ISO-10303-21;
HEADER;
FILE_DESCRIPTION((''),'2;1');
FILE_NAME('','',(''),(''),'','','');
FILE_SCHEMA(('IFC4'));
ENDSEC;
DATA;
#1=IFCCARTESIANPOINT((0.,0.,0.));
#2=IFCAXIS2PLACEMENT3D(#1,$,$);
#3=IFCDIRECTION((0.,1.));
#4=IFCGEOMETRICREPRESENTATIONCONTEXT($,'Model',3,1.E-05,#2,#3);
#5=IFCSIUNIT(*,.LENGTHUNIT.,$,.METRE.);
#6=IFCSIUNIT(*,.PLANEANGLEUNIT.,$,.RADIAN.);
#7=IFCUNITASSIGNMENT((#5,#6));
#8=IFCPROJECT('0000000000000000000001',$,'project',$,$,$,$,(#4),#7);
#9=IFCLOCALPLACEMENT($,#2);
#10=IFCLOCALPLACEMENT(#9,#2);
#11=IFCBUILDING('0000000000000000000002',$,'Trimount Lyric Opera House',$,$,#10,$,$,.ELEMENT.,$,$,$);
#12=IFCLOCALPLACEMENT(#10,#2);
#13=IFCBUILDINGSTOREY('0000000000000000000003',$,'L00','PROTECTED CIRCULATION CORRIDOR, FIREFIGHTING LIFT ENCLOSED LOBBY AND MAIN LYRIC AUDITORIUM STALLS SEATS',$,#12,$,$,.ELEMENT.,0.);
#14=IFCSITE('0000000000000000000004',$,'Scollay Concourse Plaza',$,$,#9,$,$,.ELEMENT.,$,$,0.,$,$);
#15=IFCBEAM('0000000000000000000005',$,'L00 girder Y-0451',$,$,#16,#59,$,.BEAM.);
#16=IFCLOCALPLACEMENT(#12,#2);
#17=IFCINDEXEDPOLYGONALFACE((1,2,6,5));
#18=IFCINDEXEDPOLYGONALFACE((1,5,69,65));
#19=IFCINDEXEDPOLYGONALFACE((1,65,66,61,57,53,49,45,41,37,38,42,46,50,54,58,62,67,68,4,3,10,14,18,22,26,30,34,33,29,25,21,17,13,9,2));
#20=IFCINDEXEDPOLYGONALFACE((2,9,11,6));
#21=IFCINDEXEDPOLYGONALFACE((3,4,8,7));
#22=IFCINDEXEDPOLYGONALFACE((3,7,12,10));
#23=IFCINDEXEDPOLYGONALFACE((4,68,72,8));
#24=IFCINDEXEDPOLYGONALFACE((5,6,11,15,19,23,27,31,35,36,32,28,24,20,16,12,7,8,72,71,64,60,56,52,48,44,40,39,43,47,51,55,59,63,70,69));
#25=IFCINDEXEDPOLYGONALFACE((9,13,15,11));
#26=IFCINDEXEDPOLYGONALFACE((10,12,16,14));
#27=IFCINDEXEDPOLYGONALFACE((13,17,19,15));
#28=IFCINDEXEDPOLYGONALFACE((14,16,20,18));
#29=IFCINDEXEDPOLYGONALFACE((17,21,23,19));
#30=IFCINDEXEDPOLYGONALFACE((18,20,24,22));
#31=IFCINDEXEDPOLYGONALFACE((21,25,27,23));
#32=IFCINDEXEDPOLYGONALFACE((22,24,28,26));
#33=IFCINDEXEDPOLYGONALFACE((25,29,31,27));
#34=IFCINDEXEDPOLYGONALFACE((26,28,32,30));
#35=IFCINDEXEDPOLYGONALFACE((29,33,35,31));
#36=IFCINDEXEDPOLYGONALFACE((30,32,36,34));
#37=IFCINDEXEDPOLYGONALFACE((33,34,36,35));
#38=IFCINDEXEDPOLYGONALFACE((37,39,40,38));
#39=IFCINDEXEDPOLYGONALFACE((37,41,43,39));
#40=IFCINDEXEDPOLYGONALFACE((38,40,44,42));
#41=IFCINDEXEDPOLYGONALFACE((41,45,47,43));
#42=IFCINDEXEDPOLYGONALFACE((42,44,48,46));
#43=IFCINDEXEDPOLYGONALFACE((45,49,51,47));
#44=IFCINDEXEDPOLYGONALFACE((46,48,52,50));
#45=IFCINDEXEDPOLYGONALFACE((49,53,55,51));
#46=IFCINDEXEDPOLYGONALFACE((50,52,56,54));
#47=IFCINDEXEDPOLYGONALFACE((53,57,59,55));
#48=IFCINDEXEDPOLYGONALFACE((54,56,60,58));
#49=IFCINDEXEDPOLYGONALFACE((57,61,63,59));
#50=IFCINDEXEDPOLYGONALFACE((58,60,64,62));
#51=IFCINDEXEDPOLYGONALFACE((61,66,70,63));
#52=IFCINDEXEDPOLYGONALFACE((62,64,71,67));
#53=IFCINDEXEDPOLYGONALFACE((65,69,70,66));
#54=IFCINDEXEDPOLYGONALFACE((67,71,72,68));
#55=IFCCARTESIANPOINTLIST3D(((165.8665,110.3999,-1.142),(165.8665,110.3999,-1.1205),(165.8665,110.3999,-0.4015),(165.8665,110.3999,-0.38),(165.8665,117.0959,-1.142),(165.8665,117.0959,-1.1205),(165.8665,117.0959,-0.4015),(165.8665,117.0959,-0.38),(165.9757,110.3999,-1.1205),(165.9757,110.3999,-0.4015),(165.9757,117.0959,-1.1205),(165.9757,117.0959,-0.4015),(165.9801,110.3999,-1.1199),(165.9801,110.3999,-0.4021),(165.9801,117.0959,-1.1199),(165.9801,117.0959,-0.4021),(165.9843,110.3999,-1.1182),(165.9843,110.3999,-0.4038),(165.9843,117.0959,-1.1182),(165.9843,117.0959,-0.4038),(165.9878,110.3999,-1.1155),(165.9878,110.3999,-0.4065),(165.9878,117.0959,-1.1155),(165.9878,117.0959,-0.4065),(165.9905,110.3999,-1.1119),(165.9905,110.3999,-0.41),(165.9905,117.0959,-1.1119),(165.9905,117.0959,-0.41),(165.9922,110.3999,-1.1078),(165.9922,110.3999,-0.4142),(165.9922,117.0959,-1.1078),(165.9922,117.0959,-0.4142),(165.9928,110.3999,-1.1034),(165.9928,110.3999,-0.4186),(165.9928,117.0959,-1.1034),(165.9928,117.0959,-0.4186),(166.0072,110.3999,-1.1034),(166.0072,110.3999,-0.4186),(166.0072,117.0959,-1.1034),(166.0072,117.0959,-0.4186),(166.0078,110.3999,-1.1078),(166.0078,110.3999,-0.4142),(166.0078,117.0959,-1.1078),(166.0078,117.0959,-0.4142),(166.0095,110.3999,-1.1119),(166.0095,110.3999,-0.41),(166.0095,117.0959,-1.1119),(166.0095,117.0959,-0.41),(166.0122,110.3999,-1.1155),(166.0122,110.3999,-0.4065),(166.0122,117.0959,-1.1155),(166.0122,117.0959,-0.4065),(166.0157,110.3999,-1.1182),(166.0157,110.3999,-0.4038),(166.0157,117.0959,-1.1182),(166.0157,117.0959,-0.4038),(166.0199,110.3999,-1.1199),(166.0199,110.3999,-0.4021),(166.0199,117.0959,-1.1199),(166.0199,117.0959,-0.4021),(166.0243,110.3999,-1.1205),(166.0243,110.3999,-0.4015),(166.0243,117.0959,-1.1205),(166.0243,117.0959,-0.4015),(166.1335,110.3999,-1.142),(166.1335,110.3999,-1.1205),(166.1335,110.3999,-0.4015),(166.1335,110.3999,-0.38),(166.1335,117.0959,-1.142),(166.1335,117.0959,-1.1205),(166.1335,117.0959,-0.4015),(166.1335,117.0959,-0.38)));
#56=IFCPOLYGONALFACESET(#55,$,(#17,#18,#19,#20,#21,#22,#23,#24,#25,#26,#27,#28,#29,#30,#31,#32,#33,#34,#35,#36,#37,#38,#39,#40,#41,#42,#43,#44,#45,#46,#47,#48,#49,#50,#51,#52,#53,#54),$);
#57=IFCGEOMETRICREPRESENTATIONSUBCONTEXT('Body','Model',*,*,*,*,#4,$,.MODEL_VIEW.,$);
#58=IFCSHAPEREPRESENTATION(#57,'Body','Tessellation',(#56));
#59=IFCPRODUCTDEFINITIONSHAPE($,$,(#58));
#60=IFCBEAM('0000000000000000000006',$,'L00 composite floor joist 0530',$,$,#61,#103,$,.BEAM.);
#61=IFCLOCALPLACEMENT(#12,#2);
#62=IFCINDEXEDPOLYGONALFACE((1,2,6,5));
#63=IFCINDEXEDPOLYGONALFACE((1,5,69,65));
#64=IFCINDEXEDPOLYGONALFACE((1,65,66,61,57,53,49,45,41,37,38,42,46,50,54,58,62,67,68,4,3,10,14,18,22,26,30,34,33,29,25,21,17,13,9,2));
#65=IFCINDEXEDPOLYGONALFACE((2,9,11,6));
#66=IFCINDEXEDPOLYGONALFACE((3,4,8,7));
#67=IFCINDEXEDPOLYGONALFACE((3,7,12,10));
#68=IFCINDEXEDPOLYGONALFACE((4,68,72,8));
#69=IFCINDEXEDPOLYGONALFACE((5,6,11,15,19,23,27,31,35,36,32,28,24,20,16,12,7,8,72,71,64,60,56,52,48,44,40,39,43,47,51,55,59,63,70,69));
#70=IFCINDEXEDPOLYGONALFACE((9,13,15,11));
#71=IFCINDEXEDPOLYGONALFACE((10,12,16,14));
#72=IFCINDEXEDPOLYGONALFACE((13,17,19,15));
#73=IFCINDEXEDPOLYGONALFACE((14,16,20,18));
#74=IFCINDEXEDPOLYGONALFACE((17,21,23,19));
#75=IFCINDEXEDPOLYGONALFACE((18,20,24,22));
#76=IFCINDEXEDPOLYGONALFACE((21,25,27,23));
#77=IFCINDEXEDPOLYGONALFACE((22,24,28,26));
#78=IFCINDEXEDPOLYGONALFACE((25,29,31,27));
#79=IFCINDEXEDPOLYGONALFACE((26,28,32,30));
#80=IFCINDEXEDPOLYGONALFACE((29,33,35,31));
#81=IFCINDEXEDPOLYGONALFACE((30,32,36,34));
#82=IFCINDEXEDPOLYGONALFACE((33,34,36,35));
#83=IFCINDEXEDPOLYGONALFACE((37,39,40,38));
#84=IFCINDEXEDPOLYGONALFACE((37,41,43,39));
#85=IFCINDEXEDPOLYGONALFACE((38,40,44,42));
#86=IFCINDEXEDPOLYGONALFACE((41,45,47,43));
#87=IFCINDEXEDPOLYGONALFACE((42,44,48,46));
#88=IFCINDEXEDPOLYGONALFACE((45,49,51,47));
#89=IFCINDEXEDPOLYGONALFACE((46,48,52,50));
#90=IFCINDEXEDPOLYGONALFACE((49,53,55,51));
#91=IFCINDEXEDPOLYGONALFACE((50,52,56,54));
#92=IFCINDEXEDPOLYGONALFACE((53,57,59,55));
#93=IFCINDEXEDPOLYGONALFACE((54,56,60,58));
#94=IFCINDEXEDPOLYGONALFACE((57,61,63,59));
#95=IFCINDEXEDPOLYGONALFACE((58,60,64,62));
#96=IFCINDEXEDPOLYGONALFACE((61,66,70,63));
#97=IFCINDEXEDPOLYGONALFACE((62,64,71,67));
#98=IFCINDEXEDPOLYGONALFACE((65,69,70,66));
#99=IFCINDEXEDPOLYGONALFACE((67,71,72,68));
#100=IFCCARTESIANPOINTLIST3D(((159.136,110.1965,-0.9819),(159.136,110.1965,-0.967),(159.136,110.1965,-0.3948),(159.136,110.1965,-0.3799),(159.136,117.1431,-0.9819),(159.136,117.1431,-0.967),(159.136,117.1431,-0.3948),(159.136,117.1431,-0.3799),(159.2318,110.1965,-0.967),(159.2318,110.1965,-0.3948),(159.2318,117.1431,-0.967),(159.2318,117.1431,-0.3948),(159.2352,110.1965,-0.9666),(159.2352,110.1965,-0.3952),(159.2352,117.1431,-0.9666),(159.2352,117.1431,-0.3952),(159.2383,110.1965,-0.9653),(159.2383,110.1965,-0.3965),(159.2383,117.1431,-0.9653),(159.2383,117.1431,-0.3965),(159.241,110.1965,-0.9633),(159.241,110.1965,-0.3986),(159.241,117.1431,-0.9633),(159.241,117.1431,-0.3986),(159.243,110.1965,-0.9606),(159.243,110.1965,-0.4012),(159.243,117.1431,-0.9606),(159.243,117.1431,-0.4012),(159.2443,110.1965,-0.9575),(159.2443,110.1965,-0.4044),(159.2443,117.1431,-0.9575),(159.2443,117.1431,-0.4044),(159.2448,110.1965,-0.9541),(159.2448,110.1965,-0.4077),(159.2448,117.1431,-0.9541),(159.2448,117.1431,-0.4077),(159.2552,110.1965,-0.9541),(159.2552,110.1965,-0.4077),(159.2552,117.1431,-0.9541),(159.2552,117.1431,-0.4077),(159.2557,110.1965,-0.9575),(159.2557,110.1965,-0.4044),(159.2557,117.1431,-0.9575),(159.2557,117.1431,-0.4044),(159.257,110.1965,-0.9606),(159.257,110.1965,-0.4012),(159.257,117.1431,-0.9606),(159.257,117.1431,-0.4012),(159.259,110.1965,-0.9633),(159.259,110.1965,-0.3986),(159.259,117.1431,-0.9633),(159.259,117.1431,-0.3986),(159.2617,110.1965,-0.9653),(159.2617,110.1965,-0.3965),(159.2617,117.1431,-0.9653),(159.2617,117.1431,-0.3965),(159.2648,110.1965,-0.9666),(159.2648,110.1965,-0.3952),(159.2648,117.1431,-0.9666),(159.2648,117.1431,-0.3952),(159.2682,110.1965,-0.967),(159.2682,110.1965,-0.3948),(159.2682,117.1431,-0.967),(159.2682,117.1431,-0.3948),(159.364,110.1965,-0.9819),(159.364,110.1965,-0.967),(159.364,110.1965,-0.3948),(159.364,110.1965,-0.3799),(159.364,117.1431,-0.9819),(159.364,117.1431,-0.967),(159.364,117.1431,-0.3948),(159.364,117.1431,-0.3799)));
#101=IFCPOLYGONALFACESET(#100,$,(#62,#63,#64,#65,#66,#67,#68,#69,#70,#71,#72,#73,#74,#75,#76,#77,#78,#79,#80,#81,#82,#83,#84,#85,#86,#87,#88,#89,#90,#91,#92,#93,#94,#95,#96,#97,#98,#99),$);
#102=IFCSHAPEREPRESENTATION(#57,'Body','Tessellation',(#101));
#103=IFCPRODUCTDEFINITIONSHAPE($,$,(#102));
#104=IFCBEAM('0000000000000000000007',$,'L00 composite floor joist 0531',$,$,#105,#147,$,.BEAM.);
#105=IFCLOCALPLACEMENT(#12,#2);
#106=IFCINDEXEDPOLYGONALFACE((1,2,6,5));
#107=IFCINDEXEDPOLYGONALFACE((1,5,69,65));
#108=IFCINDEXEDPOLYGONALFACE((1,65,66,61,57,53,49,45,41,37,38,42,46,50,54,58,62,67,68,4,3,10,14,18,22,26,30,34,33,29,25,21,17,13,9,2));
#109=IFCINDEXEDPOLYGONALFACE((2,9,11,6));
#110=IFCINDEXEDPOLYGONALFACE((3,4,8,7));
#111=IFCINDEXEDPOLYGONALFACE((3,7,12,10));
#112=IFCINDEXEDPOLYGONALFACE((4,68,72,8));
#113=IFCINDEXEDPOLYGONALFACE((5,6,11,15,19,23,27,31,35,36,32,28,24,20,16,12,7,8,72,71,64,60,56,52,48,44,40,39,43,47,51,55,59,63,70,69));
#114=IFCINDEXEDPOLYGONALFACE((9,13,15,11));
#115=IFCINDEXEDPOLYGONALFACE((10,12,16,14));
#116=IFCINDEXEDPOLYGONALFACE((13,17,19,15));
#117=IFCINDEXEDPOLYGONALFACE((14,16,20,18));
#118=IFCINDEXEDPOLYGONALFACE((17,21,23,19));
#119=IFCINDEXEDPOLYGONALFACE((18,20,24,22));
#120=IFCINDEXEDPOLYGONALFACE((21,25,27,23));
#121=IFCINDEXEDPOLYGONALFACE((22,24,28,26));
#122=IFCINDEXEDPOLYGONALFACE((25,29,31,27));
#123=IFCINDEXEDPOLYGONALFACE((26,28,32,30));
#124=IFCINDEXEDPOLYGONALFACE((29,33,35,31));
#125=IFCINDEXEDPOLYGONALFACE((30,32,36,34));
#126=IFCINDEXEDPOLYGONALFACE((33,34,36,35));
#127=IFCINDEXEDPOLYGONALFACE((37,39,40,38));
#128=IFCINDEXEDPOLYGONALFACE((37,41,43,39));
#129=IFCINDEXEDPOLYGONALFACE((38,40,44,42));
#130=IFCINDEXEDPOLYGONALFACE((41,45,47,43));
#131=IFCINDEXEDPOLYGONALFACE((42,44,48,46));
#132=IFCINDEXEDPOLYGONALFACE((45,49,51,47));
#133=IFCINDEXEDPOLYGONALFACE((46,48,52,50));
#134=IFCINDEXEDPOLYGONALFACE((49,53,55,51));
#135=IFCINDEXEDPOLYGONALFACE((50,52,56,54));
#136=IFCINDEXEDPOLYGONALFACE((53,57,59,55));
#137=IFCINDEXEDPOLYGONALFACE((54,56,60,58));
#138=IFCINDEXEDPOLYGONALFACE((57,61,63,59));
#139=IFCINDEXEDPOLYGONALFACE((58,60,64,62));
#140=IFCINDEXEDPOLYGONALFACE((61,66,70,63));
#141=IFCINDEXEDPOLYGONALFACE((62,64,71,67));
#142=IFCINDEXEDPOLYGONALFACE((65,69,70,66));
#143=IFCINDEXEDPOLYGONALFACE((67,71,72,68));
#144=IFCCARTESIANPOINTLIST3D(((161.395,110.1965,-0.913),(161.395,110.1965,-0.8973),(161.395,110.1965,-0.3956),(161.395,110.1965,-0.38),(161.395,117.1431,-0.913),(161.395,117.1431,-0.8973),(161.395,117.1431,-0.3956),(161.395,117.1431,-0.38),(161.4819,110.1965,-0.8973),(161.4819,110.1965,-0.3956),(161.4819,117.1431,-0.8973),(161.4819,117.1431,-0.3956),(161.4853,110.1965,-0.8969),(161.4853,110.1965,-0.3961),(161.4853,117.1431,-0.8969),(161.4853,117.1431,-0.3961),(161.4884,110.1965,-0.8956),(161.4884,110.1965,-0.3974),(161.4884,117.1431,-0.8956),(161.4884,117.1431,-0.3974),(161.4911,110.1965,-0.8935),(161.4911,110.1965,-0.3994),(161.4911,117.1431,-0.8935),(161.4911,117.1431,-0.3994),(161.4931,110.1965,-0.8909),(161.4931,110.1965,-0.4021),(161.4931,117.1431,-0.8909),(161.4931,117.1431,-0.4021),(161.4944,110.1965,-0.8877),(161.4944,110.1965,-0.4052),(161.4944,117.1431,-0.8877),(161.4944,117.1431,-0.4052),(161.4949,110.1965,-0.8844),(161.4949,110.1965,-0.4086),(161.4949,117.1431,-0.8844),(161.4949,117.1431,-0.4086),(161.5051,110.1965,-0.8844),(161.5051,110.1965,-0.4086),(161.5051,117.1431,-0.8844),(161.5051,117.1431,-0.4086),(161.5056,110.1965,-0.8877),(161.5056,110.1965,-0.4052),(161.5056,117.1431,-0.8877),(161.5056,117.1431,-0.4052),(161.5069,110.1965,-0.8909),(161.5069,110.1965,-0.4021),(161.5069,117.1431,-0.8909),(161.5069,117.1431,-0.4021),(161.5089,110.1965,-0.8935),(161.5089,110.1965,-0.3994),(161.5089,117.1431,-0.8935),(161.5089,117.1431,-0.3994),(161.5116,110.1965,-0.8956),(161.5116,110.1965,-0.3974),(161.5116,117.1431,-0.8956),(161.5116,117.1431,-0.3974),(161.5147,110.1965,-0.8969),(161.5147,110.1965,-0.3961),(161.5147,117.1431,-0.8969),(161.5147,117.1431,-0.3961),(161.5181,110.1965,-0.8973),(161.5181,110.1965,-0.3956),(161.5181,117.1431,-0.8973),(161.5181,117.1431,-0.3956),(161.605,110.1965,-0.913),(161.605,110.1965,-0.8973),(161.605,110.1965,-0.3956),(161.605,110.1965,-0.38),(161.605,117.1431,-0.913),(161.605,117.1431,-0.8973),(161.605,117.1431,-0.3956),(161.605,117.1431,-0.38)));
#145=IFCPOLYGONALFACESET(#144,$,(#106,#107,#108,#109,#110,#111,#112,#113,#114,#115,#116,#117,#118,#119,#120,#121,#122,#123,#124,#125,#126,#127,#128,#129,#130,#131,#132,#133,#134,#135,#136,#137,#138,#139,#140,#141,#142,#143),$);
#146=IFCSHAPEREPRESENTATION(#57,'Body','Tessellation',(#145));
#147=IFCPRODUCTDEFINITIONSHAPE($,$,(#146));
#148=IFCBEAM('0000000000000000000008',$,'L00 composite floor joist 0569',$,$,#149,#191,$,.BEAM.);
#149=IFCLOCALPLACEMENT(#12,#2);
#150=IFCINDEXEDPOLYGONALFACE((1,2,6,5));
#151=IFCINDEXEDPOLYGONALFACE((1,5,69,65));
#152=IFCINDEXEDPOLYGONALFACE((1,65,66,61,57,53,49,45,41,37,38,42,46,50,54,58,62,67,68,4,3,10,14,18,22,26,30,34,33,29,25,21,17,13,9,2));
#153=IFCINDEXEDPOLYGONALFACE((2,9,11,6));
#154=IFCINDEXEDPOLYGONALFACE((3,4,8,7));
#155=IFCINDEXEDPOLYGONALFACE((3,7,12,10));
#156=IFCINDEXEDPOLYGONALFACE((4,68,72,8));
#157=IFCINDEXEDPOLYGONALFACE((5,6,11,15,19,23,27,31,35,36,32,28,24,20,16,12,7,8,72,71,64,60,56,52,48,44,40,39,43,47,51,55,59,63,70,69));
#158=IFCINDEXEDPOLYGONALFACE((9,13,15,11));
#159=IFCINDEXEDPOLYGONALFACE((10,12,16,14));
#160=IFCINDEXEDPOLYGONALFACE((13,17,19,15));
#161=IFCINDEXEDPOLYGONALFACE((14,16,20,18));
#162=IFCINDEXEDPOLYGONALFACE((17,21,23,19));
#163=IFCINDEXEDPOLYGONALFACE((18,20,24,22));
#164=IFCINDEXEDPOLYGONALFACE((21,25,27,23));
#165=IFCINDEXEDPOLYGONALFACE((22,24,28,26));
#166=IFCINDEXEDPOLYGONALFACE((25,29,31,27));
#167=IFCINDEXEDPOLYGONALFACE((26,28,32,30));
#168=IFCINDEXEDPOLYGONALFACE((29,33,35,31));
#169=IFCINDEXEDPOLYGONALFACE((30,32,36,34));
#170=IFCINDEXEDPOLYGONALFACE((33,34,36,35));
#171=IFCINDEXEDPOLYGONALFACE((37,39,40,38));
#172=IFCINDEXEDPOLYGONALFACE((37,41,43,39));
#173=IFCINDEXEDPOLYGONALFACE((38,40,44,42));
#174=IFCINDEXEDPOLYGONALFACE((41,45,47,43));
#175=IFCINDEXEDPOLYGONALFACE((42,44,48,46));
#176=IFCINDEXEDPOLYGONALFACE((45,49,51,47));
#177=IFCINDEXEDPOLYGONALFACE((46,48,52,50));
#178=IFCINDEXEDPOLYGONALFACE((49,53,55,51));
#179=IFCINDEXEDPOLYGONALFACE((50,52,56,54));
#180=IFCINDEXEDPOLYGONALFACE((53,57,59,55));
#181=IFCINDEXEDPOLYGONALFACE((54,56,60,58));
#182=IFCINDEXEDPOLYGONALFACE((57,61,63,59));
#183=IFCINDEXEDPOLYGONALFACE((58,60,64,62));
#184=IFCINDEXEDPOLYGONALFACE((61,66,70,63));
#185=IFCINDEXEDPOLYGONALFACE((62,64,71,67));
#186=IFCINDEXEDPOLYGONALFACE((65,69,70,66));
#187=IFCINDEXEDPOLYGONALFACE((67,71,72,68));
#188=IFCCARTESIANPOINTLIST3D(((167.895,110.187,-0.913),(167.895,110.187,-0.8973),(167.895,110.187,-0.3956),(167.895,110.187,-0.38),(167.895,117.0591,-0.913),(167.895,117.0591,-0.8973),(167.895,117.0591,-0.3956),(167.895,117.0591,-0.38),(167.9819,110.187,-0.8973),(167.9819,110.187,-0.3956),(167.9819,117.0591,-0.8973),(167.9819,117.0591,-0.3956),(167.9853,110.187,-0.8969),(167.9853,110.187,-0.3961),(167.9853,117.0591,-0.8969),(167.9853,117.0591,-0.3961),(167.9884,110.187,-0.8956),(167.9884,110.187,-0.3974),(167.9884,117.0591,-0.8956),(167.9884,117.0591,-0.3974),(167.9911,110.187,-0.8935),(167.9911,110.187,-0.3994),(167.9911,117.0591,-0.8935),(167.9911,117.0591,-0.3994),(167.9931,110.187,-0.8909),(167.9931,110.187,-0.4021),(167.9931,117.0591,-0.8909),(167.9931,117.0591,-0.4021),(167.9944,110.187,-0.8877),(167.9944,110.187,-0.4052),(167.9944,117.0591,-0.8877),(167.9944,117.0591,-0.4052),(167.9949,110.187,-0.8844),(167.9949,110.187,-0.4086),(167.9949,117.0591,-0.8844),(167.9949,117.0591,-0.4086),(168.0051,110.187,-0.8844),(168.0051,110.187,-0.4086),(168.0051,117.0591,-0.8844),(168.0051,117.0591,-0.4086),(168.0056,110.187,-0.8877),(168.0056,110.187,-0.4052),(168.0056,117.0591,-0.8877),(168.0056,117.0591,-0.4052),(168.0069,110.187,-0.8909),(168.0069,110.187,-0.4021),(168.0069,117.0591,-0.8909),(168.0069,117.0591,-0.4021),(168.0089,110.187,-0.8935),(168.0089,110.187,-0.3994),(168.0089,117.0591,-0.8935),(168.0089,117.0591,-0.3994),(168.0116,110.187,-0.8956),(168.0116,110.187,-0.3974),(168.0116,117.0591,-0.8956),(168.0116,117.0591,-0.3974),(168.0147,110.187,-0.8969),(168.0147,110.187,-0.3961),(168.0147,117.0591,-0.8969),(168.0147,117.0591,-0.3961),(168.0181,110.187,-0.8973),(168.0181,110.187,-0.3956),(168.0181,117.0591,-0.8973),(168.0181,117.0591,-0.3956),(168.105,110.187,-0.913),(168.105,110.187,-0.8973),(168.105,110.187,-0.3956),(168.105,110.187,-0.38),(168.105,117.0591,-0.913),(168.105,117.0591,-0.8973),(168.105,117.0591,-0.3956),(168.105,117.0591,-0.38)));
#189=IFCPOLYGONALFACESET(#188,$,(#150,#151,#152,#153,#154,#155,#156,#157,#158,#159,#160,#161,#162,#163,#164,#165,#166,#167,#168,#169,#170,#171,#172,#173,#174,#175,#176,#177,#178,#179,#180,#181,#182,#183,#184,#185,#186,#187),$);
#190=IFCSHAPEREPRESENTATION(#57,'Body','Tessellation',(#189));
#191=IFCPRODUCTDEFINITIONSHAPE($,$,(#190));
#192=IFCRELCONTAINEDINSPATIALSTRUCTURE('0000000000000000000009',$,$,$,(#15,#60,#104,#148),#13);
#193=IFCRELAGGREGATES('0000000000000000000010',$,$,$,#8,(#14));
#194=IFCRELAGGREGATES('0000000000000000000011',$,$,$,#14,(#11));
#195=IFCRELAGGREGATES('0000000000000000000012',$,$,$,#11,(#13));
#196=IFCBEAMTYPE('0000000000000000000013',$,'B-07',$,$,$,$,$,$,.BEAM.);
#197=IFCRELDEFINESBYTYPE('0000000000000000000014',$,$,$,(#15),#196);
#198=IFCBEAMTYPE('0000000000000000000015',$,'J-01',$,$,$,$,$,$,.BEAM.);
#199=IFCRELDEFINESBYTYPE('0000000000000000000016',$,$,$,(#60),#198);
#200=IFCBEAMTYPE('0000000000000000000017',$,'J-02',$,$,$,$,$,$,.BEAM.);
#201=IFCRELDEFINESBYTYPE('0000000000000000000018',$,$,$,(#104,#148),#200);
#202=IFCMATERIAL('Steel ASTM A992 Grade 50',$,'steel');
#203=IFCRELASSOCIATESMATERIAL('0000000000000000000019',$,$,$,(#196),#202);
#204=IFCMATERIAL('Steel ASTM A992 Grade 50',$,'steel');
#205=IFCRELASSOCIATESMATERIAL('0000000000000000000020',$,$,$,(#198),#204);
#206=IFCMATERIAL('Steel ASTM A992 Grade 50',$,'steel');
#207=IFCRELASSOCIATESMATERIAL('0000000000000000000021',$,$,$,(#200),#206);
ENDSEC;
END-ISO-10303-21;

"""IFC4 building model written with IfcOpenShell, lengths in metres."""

from ifc_helpers import new_model, si_unit, direction, frame, origin, origin_2d, place, context, subcontext, project, spatial, i_section, extrude, material, material_profile, profile_set, type_object, element, save


model = new_model("IFC4")

# Units and contexts
model_context = context("Model", 3, precision=1e-05, world=origin(), true_north=direction((0.0, 1.0)))
body_context = subcontext(model_context, "Body", "Model", "MODEL_VIEW")
ifc_project = project(units=[si_unit("LENGTHUNIT", "METRE"), si_unit("PLANEANGLEUNIT", "RADIAN")], contexts=[model_context])

# Site, building, storey
site_placement = place(None, origin())
site = spatial("IfcSite", under=ifc_project, at=site_placement, Name="Scollay Concourse Plaza", CompositionType="ELEMENT", RefElevation=0.0)
building_placement = place(site_placement, origin())
building = spatial("IfcBuilding", under=site, at=building_placement, Name="Trimount Lyric Opera House", CompositionType="ELEMENT")
storey_placement = place(building_placement, origin())
storey = spatial("IfcBuildingStorey", under=building, at=storey_placement, Name="L00", Description="PROTECTED CIRCULATION CORRIDOR, FIREFIGHTING LIFT ENCLOSED LOBBY AND MAIN LYRIC AUDITORIUM STALLS SEATS", CompositionType="ELEMENT", Elevation=0.0)

# Beams
ifc_material_1 = material(Name="Steel ASTM A992 Grade 50", Category="steel")
ifc_material_profile_1 = material_profile(ifc_material_1, i_section(OverallWidth=0.2671, OverallDepth=0.762, WebThickness=0.0144, FlangeThickness=0.0215, FilletRadius=0.0171, at=origin_2d()), Name="W30X116")
ifc_profile_set_1 = profile_set([ifc_material_profile_1], Name="Steel ASTM A992 Grade 50")
beam_type_1 = type_object("IfcBeamType", Name="B-07", PredefinedType="BEAM", material=ifc_profile_set_1)
beam_1_placement = place(storey_placement, frame((166.0, 110.3999, -0.761), z_axis=(0.0, 1.0, 0.0), x_axis=(-1.0, 0.0, 0.0)))
element("IfcBeam", 1, at=beam_1_placement, inside=storey, type_object=beam_type_1, Name="L00 girder Y-0451", PredefinedType="BEAM", context=body_context, shape_type="SweptSolid", body=[
    extrude(i_section(OverallWidth=0.2671, OverallDepth=0.762, WebThickness=0.0144, FlangeThickness=0.0215, FilletRadius=0.0171, at=origin_2d()), origin(), (0.0, 0.0, 1.0), 6.696),
])
ifc_material_2 = material(Name="Steel ASTM A992 Grade 50", Category="steel")
ifc_material_profile_2 = material_profile(ifc_material_2, i_section(OverallWidth=0.228, OverallDepth=0.6021, WebThickness=0.0105, FlangeThickness=0.0149, FilletRadius=0.0129, at=origin_2d()), Name="W24X68")
ifc_profile_set_2 = profile_set([ifc_material_profile_2], Name="Steel ASTM A992 Grade 50")
beam_type_2 = type_object("IfcBeamType", Name="J-01", PredefinedType="BEAM", material=ifc_profile_set_2)
beam_2_placement = place(storey_placement, frame((159.25, 110.1965, -0.6809), z_axis=(0.0, 1.0, 0.0), x_axis=(-1.0, 0.0, 0.0)))
element("IfcBeam", 2, at=beam_2_placement, inside=storey, type_object=beam_type_2, Name="L00 composite floor joist 0530", PredefinedType="BEAM", context=body_context, shape_type="SweptSolid", body=[
    extrude(i_section(OverallWidth=0.228, OverallDepth=0.6021, WebThickness=0.0105, FlangeThickness=0.0149, FilletRadius=0.0129, at=origin_2d()), origin(), (0.0, 0.0, 1.0), 6.9465),
])
ifc_material_3 = material(Name="Steel ASTM A992 Grade 50", Category="steel")
ifc_material_profile_3 = material_profile(ifc_material_3, i_section(OverallWidth=0.21, OverallDepth=0.533, WebThickness=0.0103, FlangeThickness=0.0156, FilletRadius=0.0129, at=origin_2d()), Name="W21X62")
ifc_profile_set_3 = profile_set([ifc_material_profile_3], Name="Steel ASTM A992 Grade 50")
beam_type_3 = type_object("IfcBeamType", Name="J-02", PredefinedType="BEAM", material=ifc_profile_set_3)
beam_3_placement = place(storey_placement, frame((161.5, 110.1965, -0.6465), z_axis=(0.0, 1.0, 0.0), x_axis=(-1.0, 0.0, 0.0)))
element("IfcBeam", 3, at=beam_3_placement, inside=storey, type_object=beam_type_3, Name="L00 composite floor joist 0531", PredefinedType="BEAM", context=body_context, shape_type="SweptSolid", body=[
    extrude(i_section(OverallWidth=0.21, OverallDepth=0.533, WebThickness=0.0103, FlangeThickness=0.0156, FilletRadius=0.0129, at=origin_2d()), origin(), (0.0, 0.0, 1.0), 6.9465),
])
beam_4_placement = place(storey_placement, frame((168.0, 110.187, -0.6465), z_axis=(0.0, 1.0, 0.0), x_axis=(-1.0, 0.0, 0.0)))
element("IfcBeam", 4, at=beam_4_placement, inside=storey, type_object=beam_type_3, Name="L00 composite floor joist 0569", PredefinedType="BEAM", context=body_context, shape_type="SweptSolid", body=[
    extrude(i_section(OverallWidth=0.21, OverallDepth=0.533, WebThickness=0.0103, FlangeThickness=0.0156, FilletRadius=0.0129, at=origin_2d()), origin(), (0.0, 0.0, 1.0), 6.8721),
])

save(model, "model.ifc")
